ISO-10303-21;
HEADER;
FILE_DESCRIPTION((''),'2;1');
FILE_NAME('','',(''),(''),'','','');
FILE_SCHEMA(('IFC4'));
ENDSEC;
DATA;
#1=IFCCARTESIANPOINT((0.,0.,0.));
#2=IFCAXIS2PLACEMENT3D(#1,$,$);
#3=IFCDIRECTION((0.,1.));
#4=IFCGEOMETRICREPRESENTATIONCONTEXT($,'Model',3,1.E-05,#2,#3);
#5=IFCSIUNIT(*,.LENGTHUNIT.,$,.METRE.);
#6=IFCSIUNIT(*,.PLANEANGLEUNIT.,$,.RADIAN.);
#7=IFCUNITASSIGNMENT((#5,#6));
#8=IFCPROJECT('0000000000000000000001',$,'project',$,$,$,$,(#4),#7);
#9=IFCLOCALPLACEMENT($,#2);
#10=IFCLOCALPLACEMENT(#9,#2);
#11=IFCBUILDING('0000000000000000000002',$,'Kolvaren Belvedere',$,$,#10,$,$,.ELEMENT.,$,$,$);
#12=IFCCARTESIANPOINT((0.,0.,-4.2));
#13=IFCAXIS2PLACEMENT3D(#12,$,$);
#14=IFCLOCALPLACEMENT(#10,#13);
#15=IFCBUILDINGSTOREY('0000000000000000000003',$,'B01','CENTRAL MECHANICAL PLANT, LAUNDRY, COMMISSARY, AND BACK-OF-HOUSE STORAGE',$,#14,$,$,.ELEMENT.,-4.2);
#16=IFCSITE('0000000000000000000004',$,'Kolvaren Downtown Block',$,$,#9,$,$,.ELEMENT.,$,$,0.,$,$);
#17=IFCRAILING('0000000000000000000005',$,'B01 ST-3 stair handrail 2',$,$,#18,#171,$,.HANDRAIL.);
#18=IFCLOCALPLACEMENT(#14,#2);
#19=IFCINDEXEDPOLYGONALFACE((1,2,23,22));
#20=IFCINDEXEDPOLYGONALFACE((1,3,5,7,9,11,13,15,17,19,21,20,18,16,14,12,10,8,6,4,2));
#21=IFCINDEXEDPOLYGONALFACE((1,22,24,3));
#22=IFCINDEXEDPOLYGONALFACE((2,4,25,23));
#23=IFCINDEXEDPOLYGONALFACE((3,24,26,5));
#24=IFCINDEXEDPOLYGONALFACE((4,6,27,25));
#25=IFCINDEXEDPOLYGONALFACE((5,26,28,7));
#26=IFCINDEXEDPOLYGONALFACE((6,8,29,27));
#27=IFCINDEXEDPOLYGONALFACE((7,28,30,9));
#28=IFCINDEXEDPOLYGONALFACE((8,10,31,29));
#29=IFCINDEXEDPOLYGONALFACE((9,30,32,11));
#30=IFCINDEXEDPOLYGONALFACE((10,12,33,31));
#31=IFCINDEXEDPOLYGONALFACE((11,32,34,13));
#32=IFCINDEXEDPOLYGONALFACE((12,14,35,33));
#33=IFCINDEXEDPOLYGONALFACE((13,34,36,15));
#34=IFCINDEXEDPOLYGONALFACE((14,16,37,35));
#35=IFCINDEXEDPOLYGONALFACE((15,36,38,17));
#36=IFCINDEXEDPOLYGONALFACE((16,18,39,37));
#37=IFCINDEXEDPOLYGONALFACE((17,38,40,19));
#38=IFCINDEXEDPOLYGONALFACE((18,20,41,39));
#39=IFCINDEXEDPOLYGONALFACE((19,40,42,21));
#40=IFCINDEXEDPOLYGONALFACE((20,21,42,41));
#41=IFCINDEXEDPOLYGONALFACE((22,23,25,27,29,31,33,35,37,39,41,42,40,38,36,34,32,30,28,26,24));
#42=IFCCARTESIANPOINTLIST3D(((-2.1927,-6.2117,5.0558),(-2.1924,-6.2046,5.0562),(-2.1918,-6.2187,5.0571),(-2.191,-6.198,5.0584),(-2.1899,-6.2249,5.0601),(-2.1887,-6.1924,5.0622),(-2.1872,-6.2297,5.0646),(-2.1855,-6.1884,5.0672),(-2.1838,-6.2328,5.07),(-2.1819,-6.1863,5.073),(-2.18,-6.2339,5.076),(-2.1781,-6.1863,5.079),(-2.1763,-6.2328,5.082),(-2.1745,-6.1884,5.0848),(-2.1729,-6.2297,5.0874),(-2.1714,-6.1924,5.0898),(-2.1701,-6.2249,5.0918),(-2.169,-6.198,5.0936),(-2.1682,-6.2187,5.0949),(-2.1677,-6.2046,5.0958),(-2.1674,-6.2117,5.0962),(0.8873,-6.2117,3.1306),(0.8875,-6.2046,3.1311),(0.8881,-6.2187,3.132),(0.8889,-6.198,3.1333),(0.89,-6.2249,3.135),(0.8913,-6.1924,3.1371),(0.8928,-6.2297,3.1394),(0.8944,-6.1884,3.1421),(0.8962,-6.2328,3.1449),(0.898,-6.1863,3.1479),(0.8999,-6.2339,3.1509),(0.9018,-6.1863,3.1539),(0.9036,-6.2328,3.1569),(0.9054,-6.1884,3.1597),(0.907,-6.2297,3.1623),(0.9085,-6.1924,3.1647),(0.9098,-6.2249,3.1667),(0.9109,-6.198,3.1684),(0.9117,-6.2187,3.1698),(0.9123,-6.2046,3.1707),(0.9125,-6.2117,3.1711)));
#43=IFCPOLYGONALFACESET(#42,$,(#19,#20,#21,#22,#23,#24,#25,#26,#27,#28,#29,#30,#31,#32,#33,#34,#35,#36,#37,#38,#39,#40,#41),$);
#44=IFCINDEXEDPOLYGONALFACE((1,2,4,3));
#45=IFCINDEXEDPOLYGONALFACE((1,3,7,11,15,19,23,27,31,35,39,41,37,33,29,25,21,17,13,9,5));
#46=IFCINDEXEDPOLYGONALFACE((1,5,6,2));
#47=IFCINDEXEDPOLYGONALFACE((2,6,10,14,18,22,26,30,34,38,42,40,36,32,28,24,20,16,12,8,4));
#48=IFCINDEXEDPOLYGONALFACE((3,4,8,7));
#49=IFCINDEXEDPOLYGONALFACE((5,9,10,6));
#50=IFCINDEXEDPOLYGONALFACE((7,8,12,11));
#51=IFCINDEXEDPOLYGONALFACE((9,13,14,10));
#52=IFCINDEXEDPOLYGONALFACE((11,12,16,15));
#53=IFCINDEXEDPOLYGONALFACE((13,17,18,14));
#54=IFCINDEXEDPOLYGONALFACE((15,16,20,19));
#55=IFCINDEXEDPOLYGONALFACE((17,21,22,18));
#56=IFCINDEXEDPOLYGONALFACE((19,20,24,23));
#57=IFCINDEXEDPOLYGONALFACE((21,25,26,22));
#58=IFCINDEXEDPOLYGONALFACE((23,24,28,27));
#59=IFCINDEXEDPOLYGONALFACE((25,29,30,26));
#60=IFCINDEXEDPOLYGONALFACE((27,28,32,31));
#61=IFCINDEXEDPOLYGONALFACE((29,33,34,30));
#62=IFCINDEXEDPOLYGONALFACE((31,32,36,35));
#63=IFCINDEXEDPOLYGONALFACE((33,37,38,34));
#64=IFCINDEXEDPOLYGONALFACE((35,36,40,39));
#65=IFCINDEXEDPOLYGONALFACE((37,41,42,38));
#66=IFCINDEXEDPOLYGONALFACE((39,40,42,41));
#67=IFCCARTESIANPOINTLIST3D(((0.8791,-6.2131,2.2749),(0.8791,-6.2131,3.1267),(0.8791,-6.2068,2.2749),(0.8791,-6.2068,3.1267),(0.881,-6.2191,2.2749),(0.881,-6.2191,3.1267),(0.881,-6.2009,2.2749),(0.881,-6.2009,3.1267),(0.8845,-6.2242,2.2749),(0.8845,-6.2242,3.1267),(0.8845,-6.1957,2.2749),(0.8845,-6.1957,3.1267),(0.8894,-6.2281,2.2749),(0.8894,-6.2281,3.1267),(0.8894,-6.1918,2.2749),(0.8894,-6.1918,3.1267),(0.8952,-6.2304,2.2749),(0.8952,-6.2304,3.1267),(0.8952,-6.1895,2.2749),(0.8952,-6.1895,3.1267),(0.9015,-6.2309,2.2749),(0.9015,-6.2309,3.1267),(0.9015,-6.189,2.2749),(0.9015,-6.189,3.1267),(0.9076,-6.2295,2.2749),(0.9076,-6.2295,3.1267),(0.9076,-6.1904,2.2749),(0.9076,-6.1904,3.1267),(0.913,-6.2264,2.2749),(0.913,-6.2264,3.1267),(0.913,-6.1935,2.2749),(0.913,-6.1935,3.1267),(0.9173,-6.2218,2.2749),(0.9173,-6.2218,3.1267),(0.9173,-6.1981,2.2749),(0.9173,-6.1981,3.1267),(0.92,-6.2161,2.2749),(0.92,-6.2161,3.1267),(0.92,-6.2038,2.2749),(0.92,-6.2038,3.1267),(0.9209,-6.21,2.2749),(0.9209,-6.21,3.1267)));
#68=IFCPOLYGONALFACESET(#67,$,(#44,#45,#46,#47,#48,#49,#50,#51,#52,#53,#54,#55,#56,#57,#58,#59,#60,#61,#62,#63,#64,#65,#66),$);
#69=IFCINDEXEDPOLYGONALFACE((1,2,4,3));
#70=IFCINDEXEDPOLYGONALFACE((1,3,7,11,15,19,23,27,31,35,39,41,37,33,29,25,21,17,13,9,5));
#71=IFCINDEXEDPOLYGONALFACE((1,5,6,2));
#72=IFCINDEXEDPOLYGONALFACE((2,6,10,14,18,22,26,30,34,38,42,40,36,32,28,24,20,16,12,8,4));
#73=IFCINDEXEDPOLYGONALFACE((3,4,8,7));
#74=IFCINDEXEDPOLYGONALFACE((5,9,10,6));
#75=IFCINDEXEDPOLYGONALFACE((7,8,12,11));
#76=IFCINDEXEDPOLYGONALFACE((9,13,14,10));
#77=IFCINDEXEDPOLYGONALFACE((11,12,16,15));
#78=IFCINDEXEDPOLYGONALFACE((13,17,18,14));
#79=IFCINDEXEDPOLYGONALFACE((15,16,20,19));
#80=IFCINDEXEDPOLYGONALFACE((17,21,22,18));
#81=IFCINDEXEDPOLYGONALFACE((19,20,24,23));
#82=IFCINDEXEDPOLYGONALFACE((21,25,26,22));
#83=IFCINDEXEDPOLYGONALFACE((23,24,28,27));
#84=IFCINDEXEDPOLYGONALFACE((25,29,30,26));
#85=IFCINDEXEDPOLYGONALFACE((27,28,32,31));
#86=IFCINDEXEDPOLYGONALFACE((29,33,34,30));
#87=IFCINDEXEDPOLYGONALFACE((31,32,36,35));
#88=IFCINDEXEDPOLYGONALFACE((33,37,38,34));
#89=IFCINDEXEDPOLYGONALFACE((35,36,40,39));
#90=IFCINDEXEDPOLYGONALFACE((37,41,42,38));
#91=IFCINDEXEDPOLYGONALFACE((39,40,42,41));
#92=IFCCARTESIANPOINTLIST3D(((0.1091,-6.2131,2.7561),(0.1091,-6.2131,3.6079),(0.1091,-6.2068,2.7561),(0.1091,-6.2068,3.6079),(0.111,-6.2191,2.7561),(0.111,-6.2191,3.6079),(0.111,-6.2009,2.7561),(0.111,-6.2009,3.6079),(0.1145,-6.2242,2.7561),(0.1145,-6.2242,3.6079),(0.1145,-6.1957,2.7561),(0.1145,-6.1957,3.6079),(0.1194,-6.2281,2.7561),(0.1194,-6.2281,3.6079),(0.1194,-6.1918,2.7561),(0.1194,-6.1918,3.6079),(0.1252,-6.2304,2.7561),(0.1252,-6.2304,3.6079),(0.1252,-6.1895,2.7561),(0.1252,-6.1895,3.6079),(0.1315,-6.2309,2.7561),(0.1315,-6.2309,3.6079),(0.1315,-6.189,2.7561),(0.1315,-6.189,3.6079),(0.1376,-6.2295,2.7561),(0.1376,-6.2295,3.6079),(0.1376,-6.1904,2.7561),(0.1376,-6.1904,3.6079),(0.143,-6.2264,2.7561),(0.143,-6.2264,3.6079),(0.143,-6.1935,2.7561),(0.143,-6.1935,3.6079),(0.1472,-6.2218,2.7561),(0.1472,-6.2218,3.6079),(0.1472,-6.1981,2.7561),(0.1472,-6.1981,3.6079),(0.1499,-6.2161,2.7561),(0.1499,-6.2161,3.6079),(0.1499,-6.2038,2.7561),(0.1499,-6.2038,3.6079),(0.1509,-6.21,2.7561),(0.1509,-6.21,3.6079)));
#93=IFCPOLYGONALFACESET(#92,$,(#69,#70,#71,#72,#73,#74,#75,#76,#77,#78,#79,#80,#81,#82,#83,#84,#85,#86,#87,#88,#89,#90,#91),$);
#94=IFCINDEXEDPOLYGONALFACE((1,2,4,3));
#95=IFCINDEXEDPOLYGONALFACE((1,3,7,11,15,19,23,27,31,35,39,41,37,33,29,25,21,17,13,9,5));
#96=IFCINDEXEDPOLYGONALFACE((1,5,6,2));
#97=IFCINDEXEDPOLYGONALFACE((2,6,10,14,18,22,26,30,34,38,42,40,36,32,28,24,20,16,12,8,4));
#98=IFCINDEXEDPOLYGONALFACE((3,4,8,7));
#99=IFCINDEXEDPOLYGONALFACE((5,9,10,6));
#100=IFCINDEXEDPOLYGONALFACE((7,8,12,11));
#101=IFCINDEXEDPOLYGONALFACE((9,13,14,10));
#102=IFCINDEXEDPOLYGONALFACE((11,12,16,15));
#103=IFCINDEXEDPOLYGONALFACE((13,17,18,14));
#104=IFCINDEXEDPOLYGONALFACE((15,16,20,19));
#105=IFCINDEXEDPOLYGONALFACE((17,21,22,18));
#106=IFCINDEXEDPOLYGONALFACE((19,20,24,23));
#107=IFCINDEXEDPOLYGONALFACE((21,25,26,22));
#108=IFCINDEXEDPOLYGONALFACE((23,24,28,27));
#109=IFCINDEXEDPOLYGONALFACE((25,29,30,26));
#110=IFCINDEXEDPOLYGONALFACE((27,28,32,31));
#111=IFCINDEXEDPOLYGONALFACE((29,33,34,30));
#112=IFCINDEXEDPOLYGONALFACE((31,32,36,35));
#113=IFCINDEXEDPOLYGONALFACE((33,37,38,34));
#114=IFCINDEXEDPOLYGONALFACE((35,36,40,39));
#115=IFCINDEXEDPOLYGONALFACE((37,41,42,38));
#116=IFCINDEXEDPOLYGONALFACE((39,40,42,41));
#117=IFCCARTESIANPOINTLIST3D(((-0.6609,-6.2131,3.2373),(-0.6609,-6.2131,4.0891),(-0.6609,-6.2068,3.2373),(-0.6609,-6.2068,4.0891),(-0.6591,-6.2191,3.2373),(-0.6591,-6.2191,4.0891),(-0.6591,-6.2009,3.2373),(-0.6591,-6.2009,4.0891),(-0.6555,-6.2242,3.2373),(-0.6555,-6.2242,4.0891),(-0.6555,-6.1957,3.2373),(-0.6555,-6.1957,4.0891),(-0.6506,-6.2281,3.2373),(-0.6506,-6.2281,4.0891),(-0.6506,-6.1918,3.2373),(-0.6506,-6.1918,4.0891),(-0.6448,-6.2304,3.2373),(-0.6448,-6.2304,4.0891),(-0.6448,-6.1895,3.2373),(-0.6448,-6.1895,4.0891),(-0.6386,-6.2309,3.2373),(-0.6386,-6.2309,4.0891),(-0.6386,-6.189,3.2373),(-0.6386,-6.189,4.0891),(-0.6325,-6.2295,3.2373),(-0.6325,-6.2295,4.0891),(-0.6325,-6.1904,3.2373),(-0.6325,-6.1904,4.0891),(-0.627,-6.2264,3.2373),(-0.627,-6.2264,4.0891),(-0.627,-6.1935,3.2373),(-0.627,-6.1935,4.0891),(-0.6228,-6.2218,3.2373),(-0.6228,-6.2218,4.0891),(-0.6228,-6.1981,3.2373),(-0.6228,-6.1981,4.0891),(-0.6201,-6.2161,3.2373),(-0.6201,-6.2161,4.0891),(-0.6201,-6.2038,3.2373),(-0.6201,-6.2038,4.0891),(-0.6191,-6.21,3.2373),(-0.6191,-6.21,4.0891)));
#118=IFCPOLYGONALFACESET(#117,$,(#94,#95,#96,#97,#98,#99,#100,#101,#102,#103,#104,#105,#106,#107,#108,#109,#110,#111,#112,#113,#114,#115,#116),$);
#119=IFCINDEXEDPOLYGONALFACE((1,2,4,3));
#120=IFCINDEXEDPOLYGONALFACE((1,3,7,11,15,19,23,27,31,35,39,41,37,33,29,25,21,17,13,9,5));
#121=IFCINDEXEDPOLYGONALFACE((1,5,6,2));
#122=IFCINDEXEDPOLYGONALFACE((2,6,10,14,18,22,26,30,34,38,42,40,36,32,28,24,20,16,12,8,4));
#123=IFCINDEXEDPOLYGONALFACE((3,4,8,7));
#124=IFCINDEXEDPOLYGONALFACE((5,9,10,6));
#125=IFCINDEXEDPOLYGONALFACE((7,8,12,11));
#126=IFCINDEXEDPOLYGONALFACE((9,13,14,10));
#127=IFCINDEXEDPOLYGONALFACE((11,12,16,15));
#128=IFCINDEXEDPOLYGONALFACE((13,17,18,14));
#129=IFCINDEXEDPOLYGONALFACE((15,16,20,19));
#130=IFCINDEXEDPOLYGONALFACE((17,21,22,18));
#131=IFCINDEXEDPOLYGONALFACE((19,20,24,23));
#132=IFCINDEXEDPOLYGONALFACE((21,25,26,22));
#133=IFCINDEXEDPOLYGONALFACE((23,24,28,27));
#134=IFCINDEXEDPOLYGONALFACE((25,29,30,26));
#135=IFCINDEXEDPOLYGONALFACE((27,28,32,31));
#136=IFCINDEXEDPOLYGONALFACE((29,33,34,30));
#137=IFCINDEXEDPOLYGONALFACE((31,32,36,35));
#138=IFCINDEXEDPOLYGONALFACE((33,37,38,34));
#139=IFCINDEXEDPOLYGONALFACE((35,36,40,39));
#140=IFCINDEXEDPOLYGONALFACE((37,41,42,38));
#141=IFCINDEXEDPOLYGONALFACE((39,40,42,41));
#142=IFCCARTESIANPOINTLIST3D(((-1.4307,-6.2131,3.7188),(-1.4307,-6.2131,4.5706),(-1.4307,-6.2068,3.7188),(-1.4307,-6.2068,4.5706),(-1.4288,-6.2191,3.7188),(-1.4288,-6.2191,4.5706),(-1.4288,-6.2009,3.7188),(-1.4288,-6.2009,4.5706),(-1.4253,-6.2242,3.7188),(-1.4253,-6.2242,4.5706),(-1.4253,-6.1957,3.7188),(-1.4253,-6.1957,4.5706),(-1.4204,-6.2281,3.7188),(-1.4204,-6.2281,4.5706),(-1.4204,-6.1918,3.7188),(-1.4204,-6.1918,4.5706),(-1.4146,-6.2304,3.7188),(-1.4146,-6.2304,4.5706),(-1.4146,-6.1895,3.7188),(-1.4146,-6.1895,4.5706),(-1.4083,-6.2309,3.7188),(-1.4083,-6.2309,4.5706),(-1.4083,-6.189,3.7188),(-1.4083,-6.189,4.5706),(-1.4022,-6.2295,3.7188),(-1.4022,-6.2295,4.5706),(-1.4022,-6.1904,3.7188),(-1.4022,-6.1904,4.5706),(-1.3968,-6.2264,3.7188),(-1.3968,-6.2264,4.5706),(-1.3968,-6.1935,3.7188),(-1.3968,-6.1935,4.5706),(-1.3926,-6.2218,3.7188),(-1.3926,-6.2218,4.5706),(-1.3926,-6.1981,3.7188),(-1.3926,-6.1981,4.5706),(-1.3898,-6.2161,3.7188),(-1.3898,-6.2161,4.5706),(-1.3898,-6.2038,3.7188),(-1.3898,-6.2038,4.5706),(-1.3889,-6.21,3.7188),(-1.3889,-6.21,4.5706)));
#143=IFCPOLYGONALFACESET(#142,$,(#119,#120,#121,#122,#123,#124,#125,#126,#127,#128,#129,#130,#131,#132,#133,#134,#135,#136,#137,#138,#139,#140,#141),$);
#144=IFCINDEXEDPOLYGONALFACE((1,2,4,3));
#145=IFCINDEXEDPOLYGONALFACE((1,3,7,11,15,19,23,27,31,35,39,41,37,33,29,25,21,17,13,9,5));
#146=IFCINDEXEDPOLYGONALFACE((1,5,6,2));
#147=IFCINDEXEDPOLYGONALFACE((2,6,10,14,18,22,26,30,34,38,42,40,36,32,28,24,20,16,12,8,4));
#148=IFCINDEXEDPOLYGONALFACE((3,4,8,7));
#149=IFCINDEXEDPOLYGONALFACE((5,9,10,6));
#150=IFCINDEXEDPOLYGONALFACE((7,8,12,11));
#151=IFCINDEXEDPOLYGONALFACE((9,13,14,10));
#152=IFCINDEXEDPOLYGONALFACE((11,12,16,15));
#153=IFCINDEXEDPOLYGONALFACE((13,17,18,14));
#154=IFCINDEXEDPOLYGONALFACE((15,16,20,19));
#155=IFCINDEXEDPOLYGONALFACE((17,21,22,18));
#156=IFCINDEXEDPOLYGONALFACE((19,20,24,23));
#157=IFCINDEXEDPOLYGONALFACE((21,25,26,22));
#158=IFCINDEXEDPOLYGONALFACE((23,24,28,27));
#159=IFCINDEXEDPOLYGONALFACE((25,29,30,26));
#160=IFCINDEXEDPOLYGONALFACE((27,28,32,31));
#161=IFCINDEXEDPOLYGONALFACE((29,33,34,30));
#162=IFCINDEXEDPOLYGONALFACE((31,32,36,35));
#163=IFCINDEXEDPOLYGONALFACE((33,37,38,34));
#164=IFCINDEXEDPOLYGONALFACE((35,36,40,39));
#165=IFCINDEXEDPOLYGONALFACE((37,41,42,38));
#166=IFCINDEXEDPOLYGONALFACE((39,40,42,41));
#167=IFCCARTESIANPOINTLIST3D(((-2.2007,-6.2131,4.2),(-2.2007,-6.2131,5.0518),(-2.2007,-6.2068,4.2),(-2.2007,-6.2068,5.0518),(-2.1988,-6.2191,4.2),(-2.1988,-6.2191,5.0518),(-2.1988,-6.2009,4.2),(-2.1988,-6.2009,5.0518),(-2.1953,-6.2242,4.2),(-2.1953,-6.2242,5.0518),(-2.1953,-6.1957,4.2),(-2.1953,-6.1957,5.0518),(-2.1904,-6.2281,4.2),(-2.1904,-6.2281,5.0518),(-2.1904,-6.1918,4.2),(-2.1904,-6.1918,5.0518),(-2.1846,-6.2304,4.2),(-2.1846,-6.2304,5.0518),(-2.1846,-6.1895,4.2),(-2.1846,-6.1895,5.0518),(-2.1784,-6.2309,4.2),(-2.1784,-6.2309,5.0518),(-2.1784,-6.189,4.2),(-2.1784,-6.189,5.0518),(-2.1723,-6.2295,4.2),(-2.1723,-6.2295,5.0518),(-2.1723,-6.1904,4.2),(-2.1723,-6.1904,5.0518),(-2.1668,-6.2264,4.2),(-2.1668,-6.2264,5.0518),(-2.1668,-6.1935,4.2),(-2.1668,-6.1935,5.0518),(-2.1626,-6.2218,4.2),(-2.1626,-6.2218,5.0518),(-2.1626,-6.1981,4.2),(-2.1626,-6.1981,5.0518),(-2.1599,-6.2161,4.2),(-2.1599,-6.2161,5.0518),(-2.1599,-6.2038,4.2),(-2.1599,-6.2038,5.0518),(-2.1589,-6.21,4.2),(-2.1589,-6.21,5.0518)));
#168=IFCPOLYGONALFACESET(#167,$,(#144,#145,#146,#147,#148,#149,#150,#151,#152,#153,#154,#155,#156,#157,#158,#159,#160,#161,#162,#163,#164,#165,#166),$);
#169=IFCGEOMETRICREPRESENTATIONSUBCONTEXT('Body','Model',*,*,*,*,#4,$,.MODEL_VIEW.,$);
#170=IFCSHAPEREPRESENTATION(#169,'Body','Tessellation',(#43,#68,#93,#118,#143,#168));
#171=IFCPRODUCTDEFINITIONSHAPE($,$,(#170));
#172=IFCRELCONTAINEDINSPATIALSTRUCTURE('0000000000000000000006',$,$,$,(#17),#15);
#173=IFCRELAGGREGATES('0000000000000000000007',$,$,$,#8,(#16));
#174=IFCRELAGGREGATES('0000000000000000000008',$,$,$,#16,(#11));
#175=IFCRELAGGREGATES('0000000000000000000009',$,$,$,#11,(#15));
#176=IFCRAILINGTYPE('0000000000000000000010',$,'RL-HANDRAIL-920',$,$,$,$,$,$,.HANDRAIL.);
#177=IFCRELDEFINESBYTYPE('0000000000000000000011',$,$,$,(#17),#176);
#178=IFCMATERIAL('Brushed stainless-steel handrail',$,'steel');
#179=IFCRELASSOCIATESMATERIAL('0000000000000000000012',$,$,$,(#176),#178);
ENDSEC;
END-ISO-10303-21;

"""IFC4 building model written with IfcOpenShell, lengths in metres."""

from ifc_helpers import new_model, si_unit, direction, frame, origin, origin_2d, place, context, subcontext, project, spatial, circle, extrude, material, type_object, element, save


model = new_model("IFC4")

# Units and contexts
model_context = context("Model", 3, precision=1e-05, world=origin(), true_north=direction((0.0, 1.0)))
body_context = subcontext(model_context, "Body", "Model", "MODEL_VIEW")
ifc_project = project(units=[si_unit("LENGTHUNIT", "METRE"), si_unit("PLANEANGLEUNIT", "RADIAN")], contexts=[model_context])

# Site, building, storey
site_placement = place(None, origin())
site = spatial("IfcSite", under=ifc_project, at=site_placement, Name="Kolvaren Downtown Block", CompositionType="ELEMENT", RefElevation=0.0)
building_placement = place(site_placement, origin())
building = spatial("IfcBuilding", under=site, at=building_placement, Name="Kolvaren Belvedere", CompositionType="ELEMENT")
storey_placement = place(building_placement, frame((0.0, 0.0, -4.2)))
storey = spatial("IfcBuildingStorey", under=building, at=storey_placement, Name="B01", Description="CENTRAL MECHANICAL PLANT, LAUNDRY, COMMISSARY, AND BACK-OF-HOUSE STORAGE", CompositionType="ELEMENT", Elevation=-4.2)

# Railing
ifc_material_1 = material(Name="Brushed stainless-steel handrail", Category="steel")
railing_type_1 = type_object("IfcRailingType", Name="RL-HANDRAIL-920", PredefinedType="HANDRAIL", material=ifc_material_1)
railing_1_placement = place(storey_placement, frame((0.8999, -6.21, 2.2749)))
element("IfcRailing", 1, at=railing_1_placement, inside=storey, type_object=railing_type_1, Name="B01 ST-3 stair handrail 2", PredefinedType="HANDRAIL", context=body_context, shape_type="SweptSolid", body=[
    extrude(circle(Radius=0.0239, at=origin_2d()), frame((0.0, 0.0, 0.876), z_axis=(-0.847979, 0.0, 0.530029), x_axis=(0.0, -1.0, 0.0)), (0.0, 0.0, 1.0), 3.6321),
    extrude(circle(Radius=0.021, at=origin_2d()), origin(), (0.0, 0.0, 1.0), 0.8518),
    extrude(circle(Radius=0.021, at=origin_2d()), frame((-0.77, 0.0, 0.4812)), (0.0, 0.0, 1.0), 0.8518),
    extrude(circle(Radius=0.021, at=origin_2d()), frame((-1.54, 0.0, 0.9624)), (0.0, 0.0, 1.0), 0.8518),
    extrude(circle(Radius=0.021, at=origin_2d()), frame((-2.3098, 0.0, 1.4438)), (0.0, 0.0, 1.0), 0.8518),
    extrude(circle(Radius=0.021, at=origin_2d()), frame((-3.0798, 0.0, 1.925)), (0.0, 0.0, 1.0), 0.8518),
])

save(model, "model.ifc")
